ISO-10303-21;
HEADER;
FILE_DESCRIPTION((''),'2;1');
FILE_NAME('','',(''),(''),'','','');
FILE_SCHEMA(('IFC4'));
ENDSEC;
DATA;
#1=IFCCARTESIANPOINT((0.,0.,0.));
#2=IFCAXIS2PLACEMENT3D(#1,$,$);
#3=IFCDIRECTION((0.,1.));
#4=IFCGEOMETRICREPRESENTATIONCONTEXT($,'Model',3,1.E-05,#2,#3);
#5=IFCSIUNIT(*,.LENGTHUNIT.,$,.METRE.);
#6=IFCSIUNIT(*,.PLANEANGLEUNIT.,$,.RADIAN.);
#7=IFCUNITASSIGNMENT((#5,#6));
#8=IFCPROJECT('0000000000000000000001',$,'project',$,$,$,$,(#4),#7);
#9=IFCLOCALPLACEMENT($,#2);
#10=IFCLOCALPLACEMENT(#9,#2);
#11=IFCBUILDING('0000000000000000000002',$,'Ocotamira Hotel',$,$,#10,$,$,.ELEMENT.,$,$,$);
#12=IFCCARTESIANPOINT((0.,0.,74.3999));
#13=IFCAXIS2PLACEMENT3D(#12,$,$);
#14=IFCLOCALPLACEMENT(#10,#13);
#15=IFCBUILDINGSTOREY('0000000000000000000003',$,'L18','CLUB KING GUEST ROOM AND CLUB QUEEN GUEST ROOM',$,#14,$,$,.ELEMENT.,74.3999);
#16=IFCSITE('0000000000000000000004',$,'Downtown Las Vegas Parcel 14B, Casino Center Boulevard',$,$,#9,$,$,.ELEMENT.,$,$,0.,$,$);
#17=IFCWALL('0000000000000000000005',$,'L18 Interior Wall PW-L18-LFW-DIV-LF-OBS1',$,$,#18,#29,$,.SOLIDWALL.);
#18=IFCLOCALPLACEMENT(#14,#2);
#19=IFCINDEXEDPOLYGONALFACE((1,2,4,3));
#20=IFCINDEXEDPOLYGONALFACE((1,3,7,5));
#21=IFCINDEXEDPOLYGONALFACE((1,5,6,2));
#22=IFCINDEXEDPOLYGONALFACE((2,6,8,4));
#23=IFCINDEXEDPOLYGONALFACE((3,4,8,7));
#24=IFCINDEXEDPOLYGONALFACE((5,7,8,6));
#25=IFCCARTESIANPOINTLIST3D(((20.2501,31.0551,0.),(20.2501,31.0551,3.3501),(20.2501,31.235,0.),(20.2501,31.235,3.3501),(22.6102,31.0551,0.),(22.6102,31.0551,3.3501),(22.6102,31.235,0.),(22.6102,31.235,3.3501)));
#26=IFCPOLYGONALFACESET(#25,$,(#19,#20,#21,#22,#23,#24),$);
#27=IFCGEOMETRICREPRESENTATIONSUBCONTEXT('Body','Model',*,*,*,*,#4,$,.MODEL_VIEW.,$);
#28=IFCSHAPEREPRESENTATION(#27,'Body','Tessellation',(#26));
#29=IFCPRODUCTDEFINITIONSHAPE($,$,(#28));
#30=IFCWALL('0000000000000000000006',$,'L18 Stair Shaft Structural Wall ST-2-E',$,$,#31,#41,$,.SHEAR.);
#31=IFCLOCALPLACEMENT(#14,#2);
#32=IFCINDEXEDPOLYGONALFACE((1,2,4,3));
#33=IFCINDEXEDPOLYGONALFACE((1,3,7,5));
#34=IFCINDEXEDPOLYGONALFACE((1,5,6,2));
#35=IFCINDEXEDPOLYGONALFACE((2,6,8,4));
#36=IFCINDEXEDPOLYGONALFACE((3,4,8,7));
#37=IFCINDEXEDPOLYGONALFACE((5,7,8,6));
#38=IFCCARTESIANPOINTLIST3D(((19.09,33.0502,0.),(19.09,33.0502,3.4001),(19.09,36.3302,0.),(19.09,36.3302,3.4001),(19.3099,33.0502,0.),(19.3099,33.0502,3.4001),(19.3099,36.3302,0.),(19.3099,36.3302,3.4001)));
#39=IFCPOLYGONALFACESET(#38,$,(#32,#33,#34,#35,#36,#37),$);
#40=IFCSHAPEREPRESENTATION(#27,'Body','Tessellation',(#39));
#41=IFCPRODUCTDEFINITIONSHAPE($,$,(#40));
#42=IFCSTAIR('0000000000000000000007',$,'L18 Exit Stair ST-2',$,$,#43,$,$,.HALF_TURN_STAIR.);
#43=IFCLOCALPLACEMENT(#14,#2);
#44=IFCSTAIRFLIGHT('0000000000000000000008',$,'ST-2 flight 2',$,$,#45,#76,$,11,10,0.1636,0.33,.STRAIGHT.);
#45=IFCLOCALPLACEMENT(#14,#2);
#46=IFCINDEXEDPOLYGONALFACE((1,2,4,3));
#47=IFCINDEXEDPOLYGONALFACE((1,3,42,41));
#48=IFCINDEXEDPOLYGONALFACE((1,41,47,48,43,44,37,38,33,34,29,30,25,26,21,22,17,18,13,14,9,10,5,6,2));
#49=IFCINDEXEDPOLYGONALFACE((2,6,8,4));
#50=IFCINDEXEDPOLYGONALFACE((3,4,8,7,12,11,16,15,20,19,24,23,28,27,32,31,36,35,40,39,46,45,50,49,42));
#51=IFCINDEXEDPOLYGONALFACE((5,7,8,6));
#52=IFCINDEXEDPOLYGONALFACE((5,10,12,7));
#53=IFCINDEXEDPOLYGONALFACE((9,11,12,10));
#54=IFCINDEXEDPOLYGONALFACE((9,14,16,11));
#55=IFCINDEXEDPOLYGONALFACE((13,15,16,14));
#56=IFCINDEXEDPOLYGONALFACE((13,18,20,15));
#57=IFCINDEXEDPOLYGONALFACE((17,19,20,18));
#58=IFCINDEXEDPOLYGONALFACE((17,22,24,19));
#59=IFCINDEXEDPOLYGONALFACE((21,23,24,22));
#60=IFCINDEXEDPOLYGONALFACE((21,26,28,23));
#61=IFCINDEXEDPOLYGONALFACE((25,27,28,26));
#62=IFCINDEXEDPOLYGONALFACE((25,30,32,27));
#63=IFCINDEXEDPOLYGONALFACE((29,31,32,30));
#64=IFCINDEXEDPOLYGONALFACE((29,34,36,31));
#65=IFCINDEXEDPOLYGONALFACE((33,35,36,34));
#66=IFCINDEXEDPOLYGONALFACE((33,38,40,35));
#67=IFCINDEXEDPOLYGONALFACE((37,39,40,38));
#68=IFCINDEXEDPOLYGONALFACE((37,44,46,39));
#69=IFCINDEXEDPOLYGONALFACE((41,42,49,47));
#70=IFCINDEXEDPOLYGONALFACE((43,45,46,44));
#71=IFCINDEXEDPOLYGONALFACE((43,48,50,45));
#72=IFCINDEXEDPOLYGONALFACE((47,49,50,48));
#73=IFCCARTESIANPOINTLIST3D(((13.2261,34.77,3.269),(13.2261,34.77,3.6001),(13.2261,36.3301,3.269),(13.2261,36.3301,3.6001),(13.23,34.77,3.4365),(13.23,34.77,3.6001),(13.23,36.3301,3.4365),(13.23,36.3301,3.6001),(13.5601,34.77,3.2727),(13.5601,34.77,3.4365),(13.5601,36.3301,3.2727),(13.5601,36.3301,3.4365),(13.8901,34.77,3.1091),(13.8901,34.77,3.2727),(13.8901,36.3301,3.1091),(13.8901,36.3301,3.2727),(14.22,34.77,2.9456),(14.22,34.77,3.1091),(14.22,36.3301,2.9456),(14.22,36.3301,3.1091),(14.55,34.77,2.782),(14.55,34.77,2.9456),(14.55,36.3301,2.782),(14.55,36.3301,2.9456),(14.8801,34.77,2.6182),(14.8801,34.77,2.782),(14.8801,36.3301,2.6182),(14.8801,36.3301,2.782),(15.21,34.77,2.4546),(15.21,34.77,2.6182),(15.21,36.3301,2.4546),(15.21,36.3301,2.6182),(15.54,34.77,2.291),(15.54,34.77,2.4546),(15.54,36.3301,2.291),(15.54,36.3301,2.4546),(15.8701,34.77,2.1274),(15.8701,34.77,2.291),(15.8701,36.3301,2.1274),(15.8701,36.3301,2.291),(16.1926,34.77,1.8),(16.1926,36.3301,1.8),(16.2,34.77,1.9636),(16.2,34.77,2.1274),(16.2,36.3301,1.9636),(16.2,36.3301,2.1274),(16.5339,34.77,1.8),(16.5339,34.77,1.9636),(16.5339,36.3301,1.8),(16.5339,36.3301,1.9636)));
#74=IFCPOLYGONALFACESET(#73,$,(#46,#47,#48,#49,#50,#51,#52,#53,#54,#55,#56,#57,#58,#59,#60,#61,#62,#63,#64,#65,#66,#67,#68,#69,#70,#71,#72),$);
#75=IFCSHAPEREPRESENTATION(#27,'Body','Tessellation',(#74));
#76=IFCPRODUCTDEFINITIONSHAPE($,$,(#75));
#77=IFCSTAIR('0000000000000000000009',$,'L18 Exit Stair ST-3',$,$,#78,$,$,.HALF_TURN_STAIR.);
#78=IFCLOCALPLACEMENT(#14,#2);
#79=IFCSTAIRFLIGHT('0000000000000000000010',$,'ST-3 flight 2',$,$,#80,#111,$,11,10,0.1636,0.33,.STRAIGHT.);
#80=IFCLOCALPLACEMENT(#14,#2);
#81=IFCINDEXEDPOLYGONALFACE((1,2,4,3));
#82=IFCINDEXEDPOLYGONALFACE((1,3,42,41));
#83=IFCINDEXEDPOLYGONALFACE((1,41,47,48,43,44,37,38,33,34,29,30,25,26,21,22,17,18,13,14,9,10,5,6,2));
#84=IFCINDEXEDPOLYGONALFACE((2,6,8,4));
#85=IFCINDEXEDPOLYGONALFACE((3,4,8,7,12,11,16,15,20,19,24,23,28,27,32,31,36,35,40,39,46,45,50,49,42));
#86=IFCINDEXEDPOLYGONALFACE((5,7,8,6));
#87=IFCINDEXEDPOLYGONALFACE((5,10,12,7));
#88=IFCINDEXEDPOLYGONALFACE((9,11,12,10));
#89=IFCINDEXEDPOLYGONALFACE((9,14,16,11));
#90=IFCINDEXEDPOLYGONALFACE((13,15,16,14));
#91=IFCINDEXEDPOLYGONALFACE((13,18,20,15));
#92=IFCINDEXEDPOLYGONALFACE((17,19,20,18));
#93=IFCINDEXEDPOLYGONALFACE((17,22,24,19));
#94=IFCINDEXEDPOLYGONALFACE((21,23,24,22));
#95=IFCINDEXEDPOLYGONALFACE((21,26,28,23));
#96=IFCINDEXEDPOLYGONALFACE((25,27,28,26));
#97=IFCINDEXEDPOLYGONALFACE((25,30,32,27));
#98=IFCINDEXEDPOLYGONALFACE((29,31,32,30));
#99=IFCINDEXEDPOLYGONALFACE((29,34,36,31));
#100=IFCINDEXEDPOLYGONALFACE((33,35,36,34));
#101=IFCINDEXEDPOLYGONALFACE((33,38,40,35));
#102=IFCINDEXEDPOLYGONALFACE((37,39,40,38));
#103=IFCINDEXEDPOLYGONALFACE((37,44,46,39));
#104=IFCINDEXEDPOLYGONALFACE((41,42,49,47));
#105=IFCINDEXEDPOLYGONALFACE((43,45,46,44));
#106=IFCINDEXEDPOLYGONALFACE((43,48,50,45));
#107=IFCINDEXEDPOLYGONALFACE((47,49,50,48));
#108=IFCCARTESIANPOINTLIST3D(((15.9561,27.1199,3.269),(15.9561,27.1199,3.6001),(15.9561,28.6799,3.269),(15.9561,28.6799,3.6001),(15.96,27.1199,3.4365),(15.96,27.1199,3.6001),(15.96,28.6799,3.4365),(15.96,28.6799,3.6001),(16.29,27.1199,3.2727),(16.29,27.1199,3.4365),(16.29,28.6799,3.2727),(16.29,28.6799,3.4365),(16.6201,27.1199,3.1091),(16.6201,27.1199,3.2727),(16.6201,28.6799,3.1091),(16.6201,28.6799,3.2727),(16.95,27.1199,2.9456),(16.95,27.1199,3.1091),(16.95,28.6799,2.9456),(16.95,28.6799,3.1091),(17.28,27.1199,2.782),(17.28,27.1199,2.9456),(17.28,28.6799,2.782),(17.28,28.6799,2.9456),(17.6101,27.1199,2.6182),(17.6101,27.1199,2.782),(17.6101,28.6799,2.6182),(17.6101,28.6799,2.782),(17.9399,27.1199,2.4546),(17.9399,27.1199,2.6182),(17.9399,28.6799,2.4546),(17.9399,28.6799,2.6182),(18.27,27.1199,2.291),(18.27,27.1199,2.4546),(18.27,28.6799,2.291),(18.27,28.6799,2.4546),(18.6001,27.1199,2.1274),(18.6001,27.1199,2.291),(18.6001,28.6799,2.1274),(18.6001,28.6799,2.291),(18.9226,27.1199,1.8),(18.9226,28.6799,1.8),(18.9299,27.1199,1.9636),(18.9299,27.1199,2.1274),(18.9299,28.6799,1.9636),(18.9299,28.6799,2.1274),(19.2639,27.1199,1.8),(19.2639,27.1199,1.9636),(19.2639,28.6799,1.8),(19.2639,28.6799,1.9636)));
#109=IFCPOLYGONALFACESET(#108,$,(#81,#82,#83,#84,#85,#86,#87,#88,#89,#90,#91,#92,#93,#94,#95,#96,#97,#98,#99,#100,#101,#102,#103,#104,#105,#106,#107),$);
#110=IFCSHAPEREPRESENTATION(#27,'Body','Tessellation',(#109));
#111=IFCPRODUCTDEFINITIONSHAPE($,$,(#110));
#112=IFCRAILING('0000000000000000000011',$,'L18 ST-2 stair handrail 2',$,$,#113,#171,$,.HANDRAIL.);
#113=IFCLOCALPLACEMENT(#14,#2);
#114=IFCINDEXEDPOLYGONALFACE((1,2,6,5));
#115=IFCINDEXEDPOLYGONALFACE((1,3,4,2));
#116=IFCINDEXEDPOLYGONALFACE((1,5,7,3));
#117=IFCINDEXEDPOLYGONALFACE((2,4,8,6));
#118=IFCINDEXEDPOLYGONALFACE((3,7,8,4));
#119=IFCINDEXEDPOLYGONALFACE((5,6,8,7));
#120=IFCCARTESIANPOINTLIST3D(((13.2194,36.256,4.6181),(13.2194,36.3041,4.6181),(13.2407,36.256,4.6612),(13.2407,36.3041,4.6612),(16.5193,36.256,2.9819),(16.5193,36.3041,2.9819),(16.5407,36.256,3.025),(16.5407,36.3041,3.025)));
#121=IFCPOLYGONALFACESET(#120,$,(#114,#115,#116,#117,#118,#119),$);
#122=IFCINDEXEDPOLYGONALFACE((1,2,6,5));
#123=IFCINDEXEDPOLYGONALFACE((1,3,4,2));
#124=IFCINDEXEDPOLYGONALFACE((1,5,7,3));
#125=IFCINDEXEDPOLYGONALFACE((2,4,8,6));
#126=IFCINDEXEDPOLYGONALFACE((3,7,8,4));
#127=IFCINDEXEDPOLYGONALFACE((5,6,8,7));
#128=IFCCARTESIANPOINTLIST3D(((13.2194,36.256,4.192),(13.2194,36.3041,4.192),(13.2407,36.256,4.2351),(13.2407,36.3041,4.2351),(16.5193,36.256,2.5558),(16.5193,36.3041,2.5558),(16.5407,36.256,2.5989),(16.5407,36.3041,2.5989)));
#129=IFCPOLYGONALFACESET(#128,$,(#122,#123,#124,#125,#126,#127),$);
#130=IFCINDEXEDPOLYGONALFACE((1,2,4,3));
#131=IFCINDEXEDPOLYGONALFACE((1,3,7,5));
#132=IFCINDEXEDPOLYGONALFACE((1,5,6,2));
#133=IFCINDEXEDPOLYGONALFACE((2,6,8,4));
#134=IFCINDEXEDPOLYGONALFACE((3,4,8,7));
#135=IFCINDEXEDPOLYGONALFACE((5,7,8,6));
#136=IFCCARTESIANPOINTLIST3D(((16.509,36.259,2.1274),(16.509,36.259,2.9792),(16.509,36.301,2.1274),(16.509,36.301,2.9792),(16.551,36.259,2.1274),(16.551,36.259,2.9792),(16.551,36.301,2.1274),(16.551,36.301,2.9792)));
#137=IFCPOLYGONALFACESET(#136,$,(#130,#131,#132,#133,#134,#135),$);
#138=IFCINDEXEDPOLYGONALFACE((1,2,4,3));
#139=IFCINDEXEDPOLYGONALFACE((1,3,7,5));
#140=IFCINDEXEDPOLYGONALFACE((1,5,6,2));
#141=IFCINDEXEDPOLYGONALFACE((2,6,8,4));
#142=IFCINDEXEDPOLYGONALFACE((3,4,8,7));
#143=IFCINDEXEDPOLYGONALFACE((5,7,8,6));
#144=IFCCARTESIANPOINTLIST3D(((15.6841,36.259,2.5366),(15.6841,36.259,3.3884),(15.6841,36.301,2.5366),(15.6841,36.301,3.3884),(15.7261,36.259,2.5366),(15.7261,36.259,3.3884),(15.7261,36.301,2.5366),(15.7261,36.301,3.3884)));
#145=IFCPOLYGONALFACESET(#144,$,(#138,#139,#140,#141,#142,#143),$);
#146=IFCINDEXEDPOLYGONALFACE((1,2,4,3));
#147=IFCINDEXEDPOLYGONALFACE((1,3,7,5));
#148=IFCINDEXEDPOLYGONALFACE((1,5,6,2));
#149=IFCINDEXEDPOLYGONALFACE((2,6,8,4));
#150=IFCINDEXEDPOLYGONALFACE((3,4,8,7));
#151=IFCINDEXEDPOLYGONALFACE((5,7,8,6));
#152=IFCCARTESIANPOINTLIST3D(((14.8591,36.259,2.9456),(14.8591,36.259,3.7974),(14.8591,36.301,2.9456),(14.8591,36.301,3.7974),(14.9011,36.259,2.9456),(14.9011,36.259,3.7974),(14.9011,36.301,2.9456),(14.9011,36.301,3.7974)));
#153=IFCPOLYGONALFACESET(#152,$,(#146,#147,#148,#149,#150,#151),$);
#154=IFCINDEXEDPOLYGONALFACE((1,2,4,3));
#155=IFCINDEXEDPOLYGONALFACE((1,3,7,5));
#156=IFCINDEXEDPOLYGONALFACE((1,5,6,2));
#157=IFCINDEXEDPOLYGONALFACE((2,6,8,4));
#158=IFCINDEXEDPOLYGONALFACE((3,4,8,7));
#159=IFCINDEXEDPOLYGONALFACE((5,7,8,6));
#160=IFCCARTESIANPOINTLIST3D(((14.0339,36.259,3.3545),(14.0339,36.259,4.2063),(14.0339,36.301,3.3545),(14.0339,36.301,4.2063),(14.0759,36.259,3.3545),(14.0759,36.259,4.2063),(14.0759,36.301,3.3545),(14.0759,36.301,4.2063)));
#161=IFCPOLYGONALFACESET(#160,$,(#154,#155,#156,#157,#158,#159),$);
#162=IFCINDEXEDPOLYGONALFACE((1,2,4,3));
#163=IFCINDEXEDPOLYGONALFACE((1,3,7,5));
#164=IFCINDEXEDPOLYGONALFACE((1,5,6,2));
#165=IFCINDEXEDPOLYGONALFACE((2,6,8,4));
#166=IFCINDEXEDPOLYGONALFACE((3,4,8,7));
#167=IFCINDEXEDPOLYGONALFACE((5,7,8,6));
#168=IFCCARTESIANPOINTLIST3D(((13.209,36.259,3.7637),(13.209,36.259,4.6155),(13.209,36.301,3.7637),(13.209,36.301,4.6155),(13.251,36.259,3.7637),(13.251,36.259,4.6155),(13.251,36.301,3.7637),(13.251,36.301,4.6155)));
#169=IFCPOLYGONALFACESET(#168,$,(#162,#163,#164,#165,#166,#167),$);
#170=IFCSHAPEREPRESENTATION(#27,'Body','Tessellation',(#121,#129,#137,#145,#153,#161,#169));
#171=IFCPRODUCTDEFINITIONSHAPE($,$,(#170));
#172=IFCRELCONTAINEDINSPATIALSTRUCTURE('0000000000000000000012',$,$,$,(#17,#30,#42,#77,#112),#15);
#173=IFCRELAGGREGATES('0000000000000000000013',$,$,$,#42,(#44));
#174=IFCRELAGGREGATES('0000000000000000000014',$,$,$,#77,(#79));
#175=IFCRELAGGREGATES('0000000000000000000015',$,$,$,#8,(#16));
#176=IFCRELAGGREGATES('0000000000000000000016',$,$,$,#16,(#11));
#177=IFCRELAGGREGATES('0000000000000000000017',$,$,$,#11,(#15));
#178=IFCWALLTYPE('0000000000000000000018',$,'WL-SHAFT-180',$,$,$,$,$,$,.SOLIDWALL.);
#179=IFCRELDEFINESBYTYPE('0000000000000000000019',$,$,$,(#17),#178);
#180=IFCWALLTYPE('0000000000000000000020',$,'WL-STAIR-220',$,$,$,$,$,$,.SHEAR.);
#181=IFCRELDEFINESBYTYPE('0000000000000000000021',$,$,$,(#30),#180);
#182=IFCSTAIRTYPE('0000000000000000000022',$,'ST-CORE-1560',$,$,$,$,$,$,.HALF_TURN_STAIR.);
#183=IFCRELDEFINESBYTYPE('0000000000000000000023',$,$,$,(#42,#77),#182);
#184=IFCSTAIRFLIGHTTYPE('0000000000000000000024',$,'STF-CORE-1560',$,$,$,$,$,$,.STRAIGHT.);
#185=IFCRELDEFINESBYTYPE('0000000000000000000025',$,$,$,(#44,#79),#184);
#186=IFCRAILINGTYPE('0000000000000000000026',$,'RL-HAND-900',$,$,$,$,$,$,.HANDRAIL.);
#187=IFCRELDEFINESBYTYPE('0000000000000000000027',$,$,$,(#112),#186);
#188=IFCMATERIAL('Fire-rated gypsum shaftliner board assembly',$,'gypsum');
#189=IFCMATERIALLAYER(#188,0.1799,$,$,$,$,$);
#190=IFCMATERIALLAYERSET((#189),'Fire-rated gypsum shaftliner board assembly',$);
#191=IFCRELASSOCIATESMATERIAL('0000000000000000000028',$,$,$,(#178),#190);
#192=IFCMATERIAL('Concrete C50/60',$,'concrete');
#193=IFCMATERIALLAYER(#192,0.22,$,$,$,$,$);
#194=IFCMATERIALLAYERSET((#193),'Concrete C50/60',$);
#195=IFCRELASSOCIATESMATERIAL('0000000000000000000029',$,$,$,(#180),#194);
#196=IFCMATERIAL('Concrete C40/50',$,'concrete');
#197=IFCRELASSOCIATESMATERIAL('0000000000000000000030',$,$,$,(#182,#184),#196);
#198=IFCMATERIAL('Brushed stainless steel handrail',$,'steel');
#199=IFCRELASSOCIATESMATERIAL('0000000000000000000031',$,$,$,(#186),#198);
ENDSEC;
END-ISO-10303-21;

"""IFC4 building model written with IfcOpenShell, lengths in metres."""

from ifc_helpers import new_model, si_unit, direction, frame, frame_2d, origin, origin_2d, place, context, subcontext, project, spatial, polyline, rectangle, outline, extrude, source, transform, mapped, material, layer, layer_set, type_object, element, aggregate, save


model = new_model("IFC4")

# Units and contexts
model_context = context("Model", 3, precision=1e-05, world=origin(), true_north=direction((0.0, 1.0)))
body_context = subcontext(model_context, "Body", "Model", "MODEL_VIEW")
ifc_project = project(units=[si_unit("LENGTHUNIT", "METRE"), si_unit("PLANEANGLEUNIT", "RADIAN")], contexts=[model_context])

# Site, building, storey
site_placement = place(None, origin())
site = spatial("IfcSite", under=ifc_project, at=site_placement, Name="Downtown Las Vegas Parcel 14B, Casino Center Boulevard", CompositionType="ELEMENT", RefElevation=0.0)
building_placement = place(site_placement, origin())
building = spatial("IfcBuilding", under=site, at=building_placement, Name="Ocotamira Hotel", CompositionType="ELEMENT")
storey_placement = place(building_placement, frame((0.0, 0.0, 74.3999)))
storey = spatial("IfcBuildingStorey", under=building, at=storey_placement, Name="L18", Description="CLUB KING GUEST ROOM AND CLUB QUEEN GUEST ROOM", CompositionType="ELEMENT", Elevation=74.3999)

# Walls
ifc_material_1 = material(Name="Fire-rated gypsum shaftliner board assembly", Category="gypsum")
ifc_layer_1 = layer(ifc_material_1, 0.1799)
ifc_layer_set_1 = layer_set([ifc_layer_1], Name="Fire-rated gypsum shaftliner board assembly")
wall_type_1 = type_object("IfcWallType", Name="WL-SHAFT-180", PredefinedType="SOLIDWALL", material=ifc_layer_set_1)
wall_1_placement = place(storey_placement, frame((20.25, 31.145, 0.0), z_axis=(0.0, 0.0, 1.0), x_axis=(1.0, 0.0, 0.0)))
element("IfcWall", 1, at=wall_1_placement, inside=storey, type_object=wall_type_1, Name="L18 Interior Wall PW-L18-LFW-DIV-LF-OBS1", PredefinedType="SOLIDWALL", context=body_context, shape_type="SweptSolid", body=[
    extrude(rectangle(XDim=2.3601, YDim=0.1799, at=frame_2d((1.1802, 0.0))), origin(), (0.0, 0.0, 1.0), 3.3501),
])
ifc_material_2 = material(Name="Concrete C50/60", Category="concrete")
ifc_layer_2 = layer(ifc_material_2, 0.22)
ifc_layer_set_2 = layer_set([ifc_layer_2], Name="Concrete C50/60")
wall_type_2 = type_object("IfcWallType", Name="WL-STAIR-220", PredefinedType="SHEAR", material=ifc_layer_set_2)
wall_2_placement = place(storey_placement, frame((19.2, 33.05, 0.0), z_axis=(0.0, 0.0, 1.0), x_axis=(0.0, 1.0, 0.0)))
element("IfcWall", 2, at=wall_2_placement, inside=storey, type_object=wall_type_2, Name="L18 Stair Shaft Structural Wall ST-2-E", PredefinedType="SHEAR", context=body_context, shape_type="SweptSolid", body=[
    extrude(rectangle(XDim=3.28, YDim=0.22, at=frame_2d((1.6401, 0.0))), origin(), (0.0, 0.0, 1.0), 3.4001),
])

# Stairs, stair flights
ifc_material_3 = material(Name="Concrete C40/50", Category="concrete")
stair_type = type_object("IfcStairType", Name="ST-CORE-1560", PredefinedType="HALF_TURN_STAIR", material=ifc_material_3)
stair_1_placement = place(storey_placement, origin())
stair_1 = element("IfcStair", 3, at=stair_1_placement, inside=storey, type_object=stair_type, Name="L18 Exit Stair ST-2", PredefinedType="HALF_TURN_STAIR")
stair_flight_type = type_object("IfcStairFlightType", Name="STF-CORE-1560", PredefinedType="STRAIGHT", material=ifc_material_3)
shared_shape_1 = source(origin(), body_context, "Body", "SweptSolid", [
    extrude(outline(polyline([(-0.0039, 0.0), (-0.0039, 0.1636), (0.3301, 0.1636), (0.3301, 0.3274), (0.6599, 0.3274), (0.6599, 0.491), (0.99, 0.491), (0.99, 0.6545), (1.3201, 0.6545), (1.3201, 0.8181), (1.6499, 0.8181), (1.6499, 0.9819), (1.98, 0.9819), (1.98, 1.1455), (2.3101, 1.1455), (2.3101, 1.3091), (2.6399, 1.3091), (2.6399, 1.4727), (2.97, 1.4727), (2.97, 1.6365), (3.3, 1.6365), (3.3, 1.8), (3.304, 1.8), (3.304, 1.469), (0.3374, 0.0), (-0.0039, 0.0)])), frame((0.0, 0.78, 0.0), z_axis=(0.0, -1.0, 0.0), x_axis=(1.0, 0.0, 0.0)), (0.0, 0.0, 1.0), 1.5601),
])
stair_flight_1_placement = place(storey_placement, frame((16.53, 35.55, 1.8), z_axis=(0.0, 0.0, 1.0), x_axis=(-1.0, 0.0, 0.0)))
stair_flight_1 = element("IfcStairFlight", 4, at=stair_flight_1_placement, type_object=stair_flight_type, Name="ST-2 flight 2", NumberOfRisers=11, NumberOfTreads=10, PredefinedType="STRAIGHT", RiserHeight=0.1636, TreadLength=0.33, context=body_context, shape_type="MappedRepresentation", body=[
    mapped(shared_shape_1, transform((0.0, 0.0, 0.0), scale=1.0)),
])
aggregate(stair_1, [stair_flight_1])
stair_2_placement = place(storey_placement, origin())
stair_2 = element("IfcStair", 5, at=stair_2_placement, inside=storey, type_object=stair_type, Name="L18 Exit Stair ST-3", PredefinedType="HALF_TURN_STAIR")
stair_flight_2_placement = place(storey_placement, frame((19.26, 27.8999, 1.8), z_axis=(0.0, 0.0, 1.0), x_axis=(-1.0, 0.0, 0.0)))
stair_flight_2 = element("IfcStairFlight", 6, at=stair_flight_2_placement, type_object=stair_flight_type, Name="ST-3 flight 2", NumberOfRisers=11, NumberOfTreads=10, PredefinedType="STRAIGHT", RiserHeight=0.1636, TreadLength=0.33, context=body_context, shape_type="MappedRepresentation", body=[
    mapped(shared_shape_1, transform((0.0, 0.0, 0.0), scale=1.0)),
])
aggregate(stair_2, [stair_flight_2])

# Railing
ifc_material_4 = material(Name="Brushed stainless steel handrail", Category="steel")
railing_type_1 = type_object("IfcRailingType", Name="RL-HAND-900", PredefinedType="HANDRAIL", material=ifc_material_4)
for number, where, name in (
    (7, (16.53, 36.28, 2.1274), "L18 ST-2 stair handrail 2"),
):
    element("IfcRailing", number, at=place(storey_placement, frame(where)), inside=storey, type_object=railing_type_1, Name=name, PredefinedType="HANDRAIL", context=body_context, shape_type="SweptSolid", body=[
        extrude(rectangle(XDim=0.0481, YDim=0.0481, at=origin_2d()), frame((0.0, 0.0, 0.876), z_axis=(-0.89592, 0.0, 0.444215), x_axis=(0.0, -1.0, 0.0)), (0.0, 0.0, 1.0), 3.6833),
        extrude(rectangle(XDim=0.0481, YDim=0.0481, at=origin_2d()), frame((0.0, 0.0, 0.45), z_axis=(-0.89592, 0.0, 0.444215), x_axis=(0.0, -1.0, 0.0)), (0.0, 0.0, 1.0), 3.6833),
        extrude(rectangle(XDim=0.042, YDim=0.042, at=origin_2d()), origin(), (0.0, 0.0, 1.0), 0.8518),
        extrude(rectangle(XDim=0.042, YDim=0.042, at=origin_2d()), frame((-0.825, 0.0, 0.4092)), (0.0, 0.0, 1.0), 0.8518),
        extrude(rectangle(XDim=0.042, YDim=0.042, at=origin_2d()), frame((-1.6499, 0.0, 0.8181)), (0.0, 0.0, 1.0), 0.8518),
        extrude(rectangle(XDim=0.042, YDim=0.042, at=origin_2d()), frame((-2.4751, 0.0, 1.2271)), (0.0, 0.0, 1.0), 0.8518),
        extrude(rectangle(XDim=0.042, YDim=0.042, at=origin_2d()), frame((-3.3, 0.0, 1.6362)), (0.0, 0.0, 1.0), 0.8518),
    ])

save(model, "model.ifc")
